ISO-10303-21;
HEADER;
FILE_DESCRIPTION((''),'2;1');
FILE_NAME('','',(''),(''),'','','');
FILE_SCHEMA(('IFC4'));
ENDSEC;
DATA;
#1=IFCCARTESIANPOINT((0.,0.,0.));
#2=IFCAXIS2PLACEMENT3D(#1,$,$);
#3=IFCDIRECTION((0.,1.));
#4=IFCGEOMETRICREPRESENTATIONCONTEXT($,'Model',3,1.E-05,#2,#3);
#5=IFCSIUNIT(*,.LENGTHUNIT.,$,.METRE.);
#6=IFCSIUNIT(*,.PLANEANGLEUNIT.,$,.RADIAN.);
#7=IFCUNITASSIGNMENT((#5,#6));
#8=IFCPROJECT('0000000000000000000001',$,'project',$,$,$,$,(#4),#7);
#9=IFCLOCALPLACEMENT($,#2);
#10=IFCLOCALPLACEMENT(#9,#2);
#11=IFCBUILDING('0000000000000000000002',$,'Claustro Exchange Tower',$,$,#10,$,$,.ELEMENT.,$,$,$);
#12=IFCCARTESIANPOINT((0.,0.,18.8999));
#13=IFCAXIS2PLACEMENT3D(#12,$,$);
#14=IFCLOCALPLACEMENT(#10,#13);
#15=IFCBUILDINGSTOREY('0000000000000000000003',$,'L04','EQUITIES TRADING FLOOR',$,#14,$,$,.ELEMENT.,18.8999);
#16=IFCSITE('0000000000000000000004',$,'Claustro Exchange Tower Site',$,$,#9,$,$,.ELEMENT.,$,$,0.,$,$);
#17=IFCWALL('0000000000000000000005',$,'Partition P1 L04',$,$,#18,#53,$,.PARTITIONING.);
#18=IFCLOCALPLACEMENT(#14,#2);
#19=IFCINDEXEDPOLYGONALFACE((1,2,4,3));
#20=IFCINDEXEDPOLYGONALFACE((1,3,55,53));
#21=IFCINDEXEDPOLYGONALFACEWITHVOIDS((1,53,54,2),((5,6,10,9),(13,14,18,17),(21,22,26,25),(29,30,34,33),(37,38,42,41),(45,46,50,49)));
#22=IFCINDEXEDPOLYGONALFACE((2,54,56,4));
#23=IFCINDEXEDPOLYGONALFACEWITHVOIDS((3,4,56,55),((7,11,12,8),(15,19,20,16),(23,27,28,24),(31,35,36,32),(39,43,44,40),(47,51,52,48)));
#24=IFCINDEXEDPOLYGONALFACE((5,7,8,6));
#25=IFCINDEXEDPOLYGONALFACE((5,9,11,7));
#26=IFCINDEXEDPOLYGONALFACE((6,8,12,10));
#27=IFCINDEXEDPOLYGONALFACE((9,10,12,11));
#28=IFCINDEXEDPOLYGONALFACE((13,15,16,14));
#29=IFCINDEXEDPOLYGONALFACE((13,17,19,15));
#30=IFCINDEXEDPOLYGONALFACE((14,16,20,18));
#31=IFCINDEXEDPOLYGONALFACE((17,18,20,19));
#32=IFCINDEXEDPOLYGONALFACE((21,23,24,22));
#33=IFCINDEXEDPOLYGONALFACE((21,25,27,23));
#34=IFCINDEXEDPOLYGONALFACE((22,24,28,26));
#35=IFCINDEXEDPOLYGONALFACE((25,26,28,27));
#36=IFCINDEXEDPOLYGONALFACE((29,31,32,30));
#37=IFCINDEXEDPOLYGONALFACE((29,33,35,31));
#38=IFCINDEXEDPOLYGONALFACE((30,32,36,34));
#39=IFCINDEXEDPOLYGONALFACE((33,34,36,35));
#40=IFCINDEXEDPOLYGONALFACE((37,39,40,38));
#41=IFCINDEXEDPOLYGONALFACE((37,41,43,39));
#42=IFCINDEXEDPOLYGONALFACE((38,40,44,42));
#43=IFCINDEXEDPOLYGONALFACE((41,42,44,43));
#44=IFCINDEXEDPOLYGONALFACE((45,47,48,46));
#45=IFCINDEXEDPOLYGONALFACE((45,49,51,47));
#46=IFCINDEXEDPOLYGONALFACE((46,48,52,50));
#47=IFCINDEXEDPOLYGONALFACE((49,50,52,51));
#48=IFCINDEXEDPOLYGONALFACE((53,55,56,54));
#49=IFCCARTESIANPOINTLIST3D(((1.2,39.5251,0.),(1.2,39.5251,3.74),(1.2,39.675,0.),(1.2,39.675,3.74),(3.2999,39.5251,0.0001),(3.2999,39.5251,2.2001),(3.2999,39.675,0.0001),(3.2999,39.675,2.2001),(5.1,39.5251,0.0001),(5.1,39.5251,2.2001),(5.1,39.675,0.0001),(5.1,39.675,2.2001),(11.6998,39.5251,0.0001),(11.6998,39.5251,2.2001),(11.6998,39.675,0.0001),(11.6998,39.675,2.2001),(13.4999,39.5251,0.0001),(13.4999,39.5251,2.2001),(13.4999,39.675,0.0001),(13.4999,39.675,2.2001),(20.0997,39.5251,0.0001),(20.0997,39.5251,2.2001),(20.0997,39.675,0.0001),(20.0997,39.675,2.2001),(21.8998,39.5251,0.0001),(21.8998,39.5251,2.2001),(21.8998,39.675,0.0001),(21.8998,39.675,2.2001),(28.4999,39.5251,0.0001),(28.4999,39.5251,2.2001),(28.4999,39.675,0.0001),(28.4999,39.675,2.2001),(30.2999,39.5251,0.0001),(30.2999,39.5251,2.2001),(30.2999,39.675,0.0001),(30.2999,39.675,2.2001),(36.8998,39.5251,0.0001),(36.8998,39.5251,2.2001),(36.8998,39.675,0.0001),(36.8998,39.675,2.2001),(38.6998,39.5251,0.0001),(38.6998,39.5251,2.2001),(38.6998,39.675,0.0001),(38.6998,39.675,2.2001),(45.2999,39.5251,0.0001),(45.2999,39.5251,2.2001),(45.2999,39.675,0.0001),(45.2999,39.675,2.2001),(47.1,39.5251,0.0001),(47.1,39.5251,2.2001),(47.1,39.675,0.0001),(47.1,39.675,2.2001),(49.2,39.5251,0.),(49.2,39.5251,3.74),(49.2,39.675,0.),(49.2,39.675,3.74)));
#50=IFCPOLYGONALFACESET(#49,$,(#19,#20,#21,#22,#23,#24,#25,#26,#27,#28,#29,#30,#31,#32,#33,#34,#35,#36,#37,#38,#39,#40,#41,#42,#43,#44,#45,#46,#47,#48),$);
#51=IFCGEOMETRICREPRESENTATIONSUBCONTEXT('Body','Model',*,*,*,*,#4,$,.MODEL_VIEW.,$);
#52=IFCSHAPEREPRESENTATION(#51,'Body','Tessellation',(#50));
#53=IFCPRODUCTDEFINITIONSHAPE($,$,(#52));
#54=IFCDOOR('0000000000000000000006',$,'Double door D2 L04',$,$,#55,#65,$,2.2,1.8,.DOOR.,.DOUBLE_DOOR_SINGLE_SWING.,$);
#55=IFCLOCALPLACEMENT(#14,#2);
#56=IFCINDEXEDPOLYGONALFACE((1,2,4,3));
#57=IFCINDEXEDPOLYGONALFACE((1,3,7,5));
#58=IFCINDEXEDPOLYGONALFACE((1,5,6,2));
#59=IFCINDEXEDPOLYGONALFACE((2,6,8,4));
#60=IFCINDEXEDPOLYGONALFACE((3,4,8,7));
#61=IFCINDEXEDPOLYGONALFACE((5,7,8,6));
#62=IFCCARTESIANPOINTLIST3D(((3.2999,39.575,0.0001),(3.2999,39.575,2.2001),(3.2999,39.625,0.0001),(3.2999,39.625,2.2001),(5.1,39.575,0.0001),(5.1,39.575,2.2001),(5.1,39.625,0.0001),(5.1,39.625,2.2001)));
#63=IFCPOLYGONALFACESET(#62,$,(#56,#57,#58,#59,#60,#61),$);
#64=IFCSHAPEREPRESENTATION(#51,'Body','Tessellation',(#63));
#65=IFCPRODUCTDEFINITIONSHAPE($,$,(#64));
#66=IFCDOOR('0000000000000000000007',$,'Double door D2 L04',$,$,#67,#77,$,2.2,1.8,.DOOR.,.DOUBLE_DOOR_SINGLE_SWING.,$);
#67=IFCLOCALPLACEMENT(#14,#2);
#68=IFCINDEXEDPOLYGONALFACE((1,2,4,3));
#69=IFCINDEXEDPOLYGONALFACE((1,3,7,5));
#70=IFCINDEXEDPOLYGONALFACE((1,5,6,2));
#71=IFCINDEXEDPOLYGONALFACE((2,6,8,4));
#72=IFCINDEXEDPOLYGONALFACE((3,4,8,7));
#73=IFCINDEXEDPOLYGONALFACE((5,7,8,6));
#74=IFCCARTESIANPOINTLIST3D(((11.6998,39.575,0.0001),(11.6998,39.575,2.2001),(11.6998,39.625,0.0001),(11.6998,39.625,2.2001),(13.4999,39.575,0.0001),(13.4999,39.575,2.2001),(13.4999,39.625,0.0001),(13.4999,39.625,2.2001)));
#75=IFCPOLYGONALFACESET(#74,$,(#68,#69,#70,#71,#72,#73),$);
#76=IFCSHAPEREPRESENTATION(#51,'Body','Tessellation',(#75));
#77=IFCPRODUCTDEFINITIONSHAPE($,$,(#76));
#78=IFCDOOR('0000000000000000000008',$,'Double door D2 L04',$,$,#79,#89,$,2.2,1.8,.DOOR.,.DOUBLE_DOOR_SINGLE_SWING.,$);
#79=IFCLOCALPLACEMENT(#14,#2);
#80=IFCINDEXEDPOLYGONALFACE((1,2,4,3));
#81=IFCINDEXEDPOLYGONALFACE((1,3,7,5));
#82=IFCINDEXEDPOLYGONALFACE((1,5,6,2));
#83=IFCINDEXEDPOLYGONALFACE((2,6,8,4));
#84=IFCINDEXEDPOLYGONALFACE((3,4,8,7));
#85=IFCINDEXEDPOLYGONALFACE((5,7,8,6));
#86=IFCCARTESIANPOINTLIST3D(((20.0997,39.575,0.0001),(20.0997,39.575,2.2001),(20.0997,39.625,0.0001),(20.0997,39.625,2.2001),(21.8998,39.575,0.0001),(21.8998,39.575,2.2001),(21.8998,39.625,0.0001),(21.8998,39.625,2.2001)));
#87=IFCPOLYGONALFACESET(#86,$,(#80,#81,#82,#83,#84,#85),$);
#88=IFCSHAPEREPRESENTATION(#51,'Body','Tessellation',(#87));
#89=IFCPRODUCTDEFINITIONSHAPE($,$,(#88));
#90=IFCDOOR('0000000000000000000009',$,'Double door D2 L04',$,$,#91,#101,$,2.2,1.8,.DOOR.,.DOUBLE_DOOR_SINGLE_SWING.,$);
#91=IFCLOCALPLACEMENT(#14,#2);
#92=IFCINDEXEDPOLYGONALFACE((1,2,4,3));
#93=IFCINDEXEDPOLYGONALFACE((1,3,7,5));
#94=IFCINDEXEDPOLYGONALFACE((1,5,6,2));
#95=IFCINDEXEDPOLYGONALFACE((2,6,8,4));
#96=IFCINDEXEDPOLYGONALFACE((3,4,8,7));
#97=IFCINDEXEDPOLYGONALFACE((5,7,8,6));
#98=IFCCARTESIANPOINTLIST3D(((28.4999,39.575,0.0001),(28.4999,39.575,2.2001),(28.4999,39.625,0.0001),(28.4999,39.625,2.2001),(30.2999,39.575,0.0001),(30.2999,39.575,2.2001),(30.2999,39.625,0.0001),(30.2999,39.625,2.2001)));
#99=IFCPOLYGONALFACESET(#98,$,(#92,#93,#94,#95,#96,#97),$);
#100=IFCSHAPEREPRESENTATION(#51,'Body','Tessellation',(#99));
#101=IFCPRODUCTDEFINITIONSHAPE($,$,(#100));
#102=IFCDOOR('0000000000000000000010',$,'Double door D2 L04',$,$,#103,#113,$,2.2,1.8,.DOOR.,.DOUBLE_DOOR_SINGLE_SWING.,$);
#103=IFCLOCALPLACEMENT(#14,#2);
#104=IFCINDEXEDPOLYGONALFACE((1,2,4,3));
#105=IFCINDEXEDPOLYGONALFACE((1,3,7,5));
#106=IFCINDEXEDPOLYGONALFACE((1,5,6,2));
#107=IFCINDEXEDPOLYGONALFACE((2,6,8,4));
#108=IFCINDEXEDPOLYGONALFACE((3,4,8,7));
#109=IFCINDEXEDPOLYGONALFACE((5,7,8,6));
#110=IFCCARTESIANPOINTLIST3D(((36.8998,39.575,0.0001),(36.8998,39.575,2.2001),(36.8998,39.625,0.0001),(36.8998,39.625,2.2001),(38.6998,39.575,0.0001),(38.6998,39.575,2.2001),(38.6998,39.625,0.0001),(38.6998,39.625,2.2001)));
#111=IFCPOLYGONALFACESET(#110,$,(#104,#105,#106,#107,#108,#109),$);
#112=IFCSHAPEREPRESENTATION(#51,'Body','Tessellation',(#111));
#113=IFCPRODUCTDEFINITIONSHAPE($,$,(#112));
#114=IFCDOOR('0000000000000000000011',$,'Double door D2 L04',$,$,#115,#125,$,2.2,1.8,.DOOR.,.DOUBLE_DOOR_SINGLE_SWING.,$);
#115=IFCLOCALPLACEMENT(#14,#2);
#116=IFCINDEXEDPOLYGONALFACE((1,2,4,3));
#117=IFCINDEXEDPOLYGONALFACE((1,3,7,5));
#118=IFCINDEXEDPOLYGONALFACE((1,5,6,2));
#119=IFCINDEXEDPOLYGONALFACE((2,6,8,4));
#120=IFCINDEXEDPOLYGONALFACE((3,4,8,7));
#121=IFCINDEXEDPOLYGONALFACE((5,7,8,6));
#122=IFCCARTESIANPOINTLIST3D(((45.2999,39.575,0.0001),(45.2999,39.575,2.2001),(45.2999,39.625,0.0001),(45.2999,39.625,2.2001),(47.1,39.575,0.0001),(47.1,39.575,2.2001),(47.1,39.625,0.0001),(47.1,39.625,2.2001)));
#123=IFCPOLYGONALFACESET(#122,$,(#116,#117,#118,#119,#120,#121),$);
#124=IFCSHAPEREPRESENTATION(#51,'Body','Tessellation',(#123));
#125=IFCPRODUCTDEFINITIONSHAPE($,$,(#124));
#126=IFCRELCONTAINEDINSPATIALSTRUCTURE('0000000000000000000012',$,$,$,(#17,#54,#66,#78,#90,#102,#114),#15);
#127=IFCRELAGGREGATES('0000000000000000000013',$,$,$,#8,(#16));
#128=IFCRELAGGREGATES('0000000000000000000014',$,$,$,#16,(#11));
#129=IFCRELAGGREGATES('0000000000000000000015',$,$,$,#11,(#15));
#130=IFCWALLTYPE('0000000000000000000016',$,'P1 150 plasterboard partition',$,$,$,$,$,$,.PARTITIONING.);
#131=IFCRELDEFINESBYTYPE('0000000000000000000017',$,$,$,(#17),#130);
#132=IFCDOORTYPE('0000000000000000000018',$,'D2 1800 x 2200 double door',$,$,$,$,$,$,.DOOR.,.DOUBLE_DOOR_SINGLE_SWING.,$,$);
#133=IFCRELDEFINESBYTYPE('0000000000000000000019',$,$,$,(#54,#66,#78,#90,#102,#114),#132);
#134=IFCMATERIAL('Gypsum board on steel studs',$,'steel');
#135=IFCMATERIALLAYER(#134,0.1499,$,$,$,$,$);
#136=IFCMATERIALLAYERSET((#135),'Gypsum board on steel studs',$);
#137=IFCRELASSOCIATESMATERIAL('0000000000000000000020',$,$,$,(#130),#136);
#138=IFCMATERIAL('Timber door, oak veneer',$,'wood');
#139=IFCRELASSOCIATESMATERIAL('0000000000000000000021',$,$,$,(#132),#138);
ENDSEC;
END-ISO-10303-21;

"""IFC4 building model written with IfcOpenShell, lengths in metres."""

from ifc_helpers import new_model, si_unit, direction, frame, frame_2d, origin, place, context, subcontext, project, spatial, rectangle, extrude, material, layer, layer_set, type_object, element, fill, save


model = new_model("IFC4")

# Units and contexts
model_context = context("Model", 3, precision=1e-05, world=origin(), true_north=direction((0.0, 1.0)))
body_context = subcontext(model_context, "Body", "Model", "MODEL_VIEW")
ifc_project = project(units=[si_unit("LENGTHUNIT", "METRE"), si_unit("PLANEANGLEUNIT", "RADIAN")], contexts=[model_context])

# Site, building, storey
site_placement = place(None, origin())
site = spatial("IfcSite", under=ifc_project, at=site_placement, Name="Claustro Exchange Tower Site", CompositionType="ELEMENT", RefElevation=0.0)
building_placement = place(site_placement, origin())
building = spatial("IfcBuilding", under=site, at=building_placement, Name="Claustro Exchange Tower", CompositionType="ELEMENT")
storey_placement = place(building_placement, frame((0.0, 0.0, 18.8999)))
storey = spatial("IfcBuildingStorey", under=building, at=storey_placement, Name="L04", Description="EQUITIES TRADING FLOOR", CompositionType="ELEMENT", Elevation=18.8999)

# Wall, openings, doors
ifc_material_1 = material(Name="Gypsum board on steel studs", Category="steel")
ifc_layer = layer(ifc_material_1, 0.1499)
ifc_layer_set = layer_set([ifc_layer], Name="Gypsum board on steel studs")
wall_type = type_object("IfcWallType", Name="P1 150 plasterboard partition", PredefinedType="PARTITIONING", material=ifc_layer_set)
wall_1_placement = place(storey_placement, frame((1.2, 39.6001, 0.0), z_axis=(0.0, 0.0, 1.0), x_axis=(1.0, 0.0, 0.0)))
wall_1 = element("IfcWall", 1, at=wall_1_placement, inside=storey, type_object=wall_type, Name="Partition P1 L04", PredefinedType="PARTITIONING", context=body_context, shape_type="SweptSolid", body=[
    extrude(rectangle(XDim=48.0, YDim=0.1499, at=frame_2d((24.0, 0.0))), origin(), (0.0, 0.0, 1.0), 3.74),
])
opening_1_placement = place(wall_1_placement, frame((2.1001, 0.0, 0.0)))
opening_1 = element("IfcOpeningElement", 2, at=opening_1_placement, cuts=wall_1, PredefinedType="OPENING", context=body_context, shape_type="SweptSolid", body=[
    extrude(rectangle(XDim=1.8, YDim=2.2, at=frame_2d((0.8999, 1.1001))), frame((0.0, 0.085, 0.0), z_axis=(0.0, -1.0, 0.0), x_axis=(1.0, 0.0, 0.0)), (0.0, 0.0, 1.0), 0.1699),
])
opening_2_placement = place(wall_1_placement, frame((10.5, 0.0, 0.0)))
opening_2 = element("IfcOpeningElement", 3, at=opening_2_placement, cuts=wall_1, PredefinedType="OPENING", context=body_context, shape_type="SweptSolid", body=[
    extrude(rectangle(XDim=1.8, YDim=2.2, at=frame_2d((0.8999, 1.1001))), frame((0.0, 0.085, 0.0), z_axis=(0.0, -1.0, 0.0), x_axis=(1.0, 0.0, 0.0)), (0.0, 0.0, 1.0), 0.1699),
])
opening_3_placement = place(wall_1_placement, frame((18.8999, 0.0, 0.0)))
opening_3 = element("IfcOpeningElement", 4, at=opening_3_placement, cuts=wall_1, PredefinedType="OPENING", context=body_context, shape_type="SweptSolid", body=[
    extrude(rectangle(XDim=1.8, YDim=2.2, at=frame_2d((0.8999, 1.1001))), frame((0.0, 0.085, 0.0), z_axis=(0.0, -1.0, 0.0), x_axis=(1.0, 0.0, 0.0)), (0.0, 0.0, 1.0), 0.1699),
])
opening_4_placement = place(wall_1_placement, frame((27.3, 0.0, 0.0)))
opening_4 = element("IfcOpeningElement", 5, at=opening_4_placement, cuts=wall_1, PredefinedType="OPENING", context=body_context, shape_type="SweptSolid", body=[
    extrude(rectangle(XDim=1.8, YDim=2.2, at=frame_2d((0.8999, 1.1001))), frame((0.0, 0.085, 0.0), z_axis=(0.0, -1.0, 0.0), x_axis=(1.0, 0.0, 0.0)), (0.0, 0.0, 1.0), 0.1699),
])
opening_5_placement = place(wall_1_placement, frame((35.7, 0.0, 0.0)))
opening_5 = element("IfcOpeningElement", 6, at=opening_5_placement, cuts=wall_1, PredefinedType="OPENING", context=body_context, shape_type="SweptSolid", body=[
    extrude(rectangle(XDim=1.8, YDim=2.2, at=frame_2d((0.8999, 1.1001))), frame((0.0, 0.085, 0.0), z_axis=(0.0, -1.0, 0.0), x_axis=(1.0, 0.0, 0.0)), (0.0, 0.0, 1.0), 0.1699),
])
opening_6_placement = place(wall_1_placement, frame((44.1001, 0.0, 0.0)))
opening_6 = element("IfcOpeningElement", 7, at=opening_6_placement, cuts=wall_1, PredefinedType="OPENING", context=body_context, shape_type="SweptSolid", body=[
    extrude(rectangle(XDim=1.8, YDim=2.2, at=frame_2d((0.8999, 1.1001))), frame((0.0, 0.085, 0.0), z_axis=(0.0, -1.0, 0.0), x_axis=(1.0, 0.0, 0.0)), (0.0, 0.0, 1.0), 0.1699),
])
ifc_material_2 = material(Name="Timber door, oak veneer", Category="wood")
door_type_1 = type_object("IfcDoorType", Name="D2 1800 x 2200 double door", OperationType="DOUBLE_DOOR_SINGLE_SWING", PredefinedType="DOOR", material=ifc_material_2)
door_1_placement = place(opening_1_placement, origin())
door_1 = element("IfcDoor", 8, at=door_1_placement, inside=storey, type_object=door_type_1, Name="Double door D2 L04", OperationType="DOUBLE_DOOR_SINGLE_SWING", OverallHeight=2.2, OverallWidth=1.8, PredefinedType="DOOR", context=body_context, shape_type="SweptSolid", body=[
    extrude(rectangle(XDim=1.8, YDim=2.2, at=frame_2d((0.8999, 1.1001))), frame((0.0, 0.0249, 0.0), z_axis=(0.0, -1.0, 0.0), x_axis=(1.0, 0.0, 0.0)), (0.0, 0.0, 1.0), 0.05),
])
fill(opening_1, door_1)
door_2_placement = place(opening_2_placement, origin())
door_2 = element("IfcDoor", 9, at=door_2_placement, inside=storey, type_object=door_type_1, Name="Double door D2 L04", OperationType="DOUBLE_DOOR_SINGLE_SWING", OverallHeight=2.2, OverallWidth=1.8, PredefinedType="DOOR", context=body_context, shape_type="SweptSolid", body=[
    extrude(rectangle(XDim=1.8, YDim=2.2, at=frame_2d((0.8999, 1.1001))), frame((0.0, 0.0249, 0.0), z_axis=(0.0, -1.0, 0.0), x_axis=(1.0, 0.0, 0.0)), (0.0, 0.0, 1.0), 0.05),
])
fill(opening_2, door_2)
door_3_placement = place(opening_3_placement, origin())
door_3 = element("IfcDoor", 10, at=door_3_placement, inside=storey, type_object=door_type_1, Name="Double door D2 L04", OperationType="DOUBLE_DOOR_SINGLE_SWING", OverallHeight=2.2, OverallWidth=1.8, PredefinedType="DOOR", context=body_context, shape_type="SweptSolid", body=[
    extrude(rectangle(XDim=1.8, YDim=2.2, at=frame_2d((0.8999, 1.1001))), frame((0.0, 0.0249, 0.0), z_axis=(0.0, -1.0, 0.0), x_axis=(1.0, 0.0, 0.0)), (0.0, 0.0, 1.0), 0.05),
])
fill(opening_3, door_3)
door_4_placement = place(opening_4_placement, origin())
door_4 = element("IfcDoor", 11, at=door_4_placement, inside=storey, type_object=door_type_1, Name="Double door D2 L04", OperationType="DOUBLE_DOOR_SINGLE_SWING", OverallHeight=2.2, OverallWidth=1.8, PredefinedType="DOOR", context=body_context, shape_type="SweptSolid", body=[
    extrude(rectangle(XDim=1.8, YDim=2.2, at=frame_2d((0.8999, 1.1001))), frame((0.0, 0.0249, 0.0), z_axis=(0.0, -1.0, 0.0), x_axis=(1.0, 0.0, 0.0)), (0.0, 0.0, 1.0), 0.05),
])
fill(opening_4, door_4)
door_5_placement = place(opening_5_placement, origin())
door_5 = element("IfcDoor", 12, at=door_5_placement, inside=storey, type_object=door_type_1, Name="Double door D2 L04", OperationType="DOUBLE_DOOR_SINGLE_SWING", OverallHeight=2.2, OverallWidth=1.8, PredefinedType="DOOR", context=body_context, shape_type="SweptSolid", body=[
    extrude(rectangle(XDim=1.8, YDim=2.2, at=frame_2d((0.8999, 1.1001))), frame((0.0, 0.0249, 0.0), z_axis=(0.0, -1.0, 0.0), x_axis=(1.0, 0.0, 0.0)), (0.0, 0.0, 1.0), 0.05),
])
fill(opening_5, door_5)
door_6_placement = place(opening_6_placement, origin())
door_6 = element("IfcDoor", 13, at=door_6_placement, inside=storey, type_object=door_type_1, Name="Double door D2 L04", OperationType="DOUBLE_DOOR_SINGLE_SWING", OverallHeight=2.2, OverallWidth=1.8, PredefinedType="DOOR", context=body_context, shape_type="SweptSolid", body=[
    extrude(rectangle(XDim=1.8, YDim=2.2, at=frame_2d((0.8999, 1.1001))), frame((0.0, 0.0249, 0.0), z_axis=(0.0, -1.0, 0.0), x_axis=(1.0, 0.0, 0.0)), (0.0, 0.0, 1.0), 0.05),
])
fill(opening_6, door_6)

save(model, "model.ifc")
